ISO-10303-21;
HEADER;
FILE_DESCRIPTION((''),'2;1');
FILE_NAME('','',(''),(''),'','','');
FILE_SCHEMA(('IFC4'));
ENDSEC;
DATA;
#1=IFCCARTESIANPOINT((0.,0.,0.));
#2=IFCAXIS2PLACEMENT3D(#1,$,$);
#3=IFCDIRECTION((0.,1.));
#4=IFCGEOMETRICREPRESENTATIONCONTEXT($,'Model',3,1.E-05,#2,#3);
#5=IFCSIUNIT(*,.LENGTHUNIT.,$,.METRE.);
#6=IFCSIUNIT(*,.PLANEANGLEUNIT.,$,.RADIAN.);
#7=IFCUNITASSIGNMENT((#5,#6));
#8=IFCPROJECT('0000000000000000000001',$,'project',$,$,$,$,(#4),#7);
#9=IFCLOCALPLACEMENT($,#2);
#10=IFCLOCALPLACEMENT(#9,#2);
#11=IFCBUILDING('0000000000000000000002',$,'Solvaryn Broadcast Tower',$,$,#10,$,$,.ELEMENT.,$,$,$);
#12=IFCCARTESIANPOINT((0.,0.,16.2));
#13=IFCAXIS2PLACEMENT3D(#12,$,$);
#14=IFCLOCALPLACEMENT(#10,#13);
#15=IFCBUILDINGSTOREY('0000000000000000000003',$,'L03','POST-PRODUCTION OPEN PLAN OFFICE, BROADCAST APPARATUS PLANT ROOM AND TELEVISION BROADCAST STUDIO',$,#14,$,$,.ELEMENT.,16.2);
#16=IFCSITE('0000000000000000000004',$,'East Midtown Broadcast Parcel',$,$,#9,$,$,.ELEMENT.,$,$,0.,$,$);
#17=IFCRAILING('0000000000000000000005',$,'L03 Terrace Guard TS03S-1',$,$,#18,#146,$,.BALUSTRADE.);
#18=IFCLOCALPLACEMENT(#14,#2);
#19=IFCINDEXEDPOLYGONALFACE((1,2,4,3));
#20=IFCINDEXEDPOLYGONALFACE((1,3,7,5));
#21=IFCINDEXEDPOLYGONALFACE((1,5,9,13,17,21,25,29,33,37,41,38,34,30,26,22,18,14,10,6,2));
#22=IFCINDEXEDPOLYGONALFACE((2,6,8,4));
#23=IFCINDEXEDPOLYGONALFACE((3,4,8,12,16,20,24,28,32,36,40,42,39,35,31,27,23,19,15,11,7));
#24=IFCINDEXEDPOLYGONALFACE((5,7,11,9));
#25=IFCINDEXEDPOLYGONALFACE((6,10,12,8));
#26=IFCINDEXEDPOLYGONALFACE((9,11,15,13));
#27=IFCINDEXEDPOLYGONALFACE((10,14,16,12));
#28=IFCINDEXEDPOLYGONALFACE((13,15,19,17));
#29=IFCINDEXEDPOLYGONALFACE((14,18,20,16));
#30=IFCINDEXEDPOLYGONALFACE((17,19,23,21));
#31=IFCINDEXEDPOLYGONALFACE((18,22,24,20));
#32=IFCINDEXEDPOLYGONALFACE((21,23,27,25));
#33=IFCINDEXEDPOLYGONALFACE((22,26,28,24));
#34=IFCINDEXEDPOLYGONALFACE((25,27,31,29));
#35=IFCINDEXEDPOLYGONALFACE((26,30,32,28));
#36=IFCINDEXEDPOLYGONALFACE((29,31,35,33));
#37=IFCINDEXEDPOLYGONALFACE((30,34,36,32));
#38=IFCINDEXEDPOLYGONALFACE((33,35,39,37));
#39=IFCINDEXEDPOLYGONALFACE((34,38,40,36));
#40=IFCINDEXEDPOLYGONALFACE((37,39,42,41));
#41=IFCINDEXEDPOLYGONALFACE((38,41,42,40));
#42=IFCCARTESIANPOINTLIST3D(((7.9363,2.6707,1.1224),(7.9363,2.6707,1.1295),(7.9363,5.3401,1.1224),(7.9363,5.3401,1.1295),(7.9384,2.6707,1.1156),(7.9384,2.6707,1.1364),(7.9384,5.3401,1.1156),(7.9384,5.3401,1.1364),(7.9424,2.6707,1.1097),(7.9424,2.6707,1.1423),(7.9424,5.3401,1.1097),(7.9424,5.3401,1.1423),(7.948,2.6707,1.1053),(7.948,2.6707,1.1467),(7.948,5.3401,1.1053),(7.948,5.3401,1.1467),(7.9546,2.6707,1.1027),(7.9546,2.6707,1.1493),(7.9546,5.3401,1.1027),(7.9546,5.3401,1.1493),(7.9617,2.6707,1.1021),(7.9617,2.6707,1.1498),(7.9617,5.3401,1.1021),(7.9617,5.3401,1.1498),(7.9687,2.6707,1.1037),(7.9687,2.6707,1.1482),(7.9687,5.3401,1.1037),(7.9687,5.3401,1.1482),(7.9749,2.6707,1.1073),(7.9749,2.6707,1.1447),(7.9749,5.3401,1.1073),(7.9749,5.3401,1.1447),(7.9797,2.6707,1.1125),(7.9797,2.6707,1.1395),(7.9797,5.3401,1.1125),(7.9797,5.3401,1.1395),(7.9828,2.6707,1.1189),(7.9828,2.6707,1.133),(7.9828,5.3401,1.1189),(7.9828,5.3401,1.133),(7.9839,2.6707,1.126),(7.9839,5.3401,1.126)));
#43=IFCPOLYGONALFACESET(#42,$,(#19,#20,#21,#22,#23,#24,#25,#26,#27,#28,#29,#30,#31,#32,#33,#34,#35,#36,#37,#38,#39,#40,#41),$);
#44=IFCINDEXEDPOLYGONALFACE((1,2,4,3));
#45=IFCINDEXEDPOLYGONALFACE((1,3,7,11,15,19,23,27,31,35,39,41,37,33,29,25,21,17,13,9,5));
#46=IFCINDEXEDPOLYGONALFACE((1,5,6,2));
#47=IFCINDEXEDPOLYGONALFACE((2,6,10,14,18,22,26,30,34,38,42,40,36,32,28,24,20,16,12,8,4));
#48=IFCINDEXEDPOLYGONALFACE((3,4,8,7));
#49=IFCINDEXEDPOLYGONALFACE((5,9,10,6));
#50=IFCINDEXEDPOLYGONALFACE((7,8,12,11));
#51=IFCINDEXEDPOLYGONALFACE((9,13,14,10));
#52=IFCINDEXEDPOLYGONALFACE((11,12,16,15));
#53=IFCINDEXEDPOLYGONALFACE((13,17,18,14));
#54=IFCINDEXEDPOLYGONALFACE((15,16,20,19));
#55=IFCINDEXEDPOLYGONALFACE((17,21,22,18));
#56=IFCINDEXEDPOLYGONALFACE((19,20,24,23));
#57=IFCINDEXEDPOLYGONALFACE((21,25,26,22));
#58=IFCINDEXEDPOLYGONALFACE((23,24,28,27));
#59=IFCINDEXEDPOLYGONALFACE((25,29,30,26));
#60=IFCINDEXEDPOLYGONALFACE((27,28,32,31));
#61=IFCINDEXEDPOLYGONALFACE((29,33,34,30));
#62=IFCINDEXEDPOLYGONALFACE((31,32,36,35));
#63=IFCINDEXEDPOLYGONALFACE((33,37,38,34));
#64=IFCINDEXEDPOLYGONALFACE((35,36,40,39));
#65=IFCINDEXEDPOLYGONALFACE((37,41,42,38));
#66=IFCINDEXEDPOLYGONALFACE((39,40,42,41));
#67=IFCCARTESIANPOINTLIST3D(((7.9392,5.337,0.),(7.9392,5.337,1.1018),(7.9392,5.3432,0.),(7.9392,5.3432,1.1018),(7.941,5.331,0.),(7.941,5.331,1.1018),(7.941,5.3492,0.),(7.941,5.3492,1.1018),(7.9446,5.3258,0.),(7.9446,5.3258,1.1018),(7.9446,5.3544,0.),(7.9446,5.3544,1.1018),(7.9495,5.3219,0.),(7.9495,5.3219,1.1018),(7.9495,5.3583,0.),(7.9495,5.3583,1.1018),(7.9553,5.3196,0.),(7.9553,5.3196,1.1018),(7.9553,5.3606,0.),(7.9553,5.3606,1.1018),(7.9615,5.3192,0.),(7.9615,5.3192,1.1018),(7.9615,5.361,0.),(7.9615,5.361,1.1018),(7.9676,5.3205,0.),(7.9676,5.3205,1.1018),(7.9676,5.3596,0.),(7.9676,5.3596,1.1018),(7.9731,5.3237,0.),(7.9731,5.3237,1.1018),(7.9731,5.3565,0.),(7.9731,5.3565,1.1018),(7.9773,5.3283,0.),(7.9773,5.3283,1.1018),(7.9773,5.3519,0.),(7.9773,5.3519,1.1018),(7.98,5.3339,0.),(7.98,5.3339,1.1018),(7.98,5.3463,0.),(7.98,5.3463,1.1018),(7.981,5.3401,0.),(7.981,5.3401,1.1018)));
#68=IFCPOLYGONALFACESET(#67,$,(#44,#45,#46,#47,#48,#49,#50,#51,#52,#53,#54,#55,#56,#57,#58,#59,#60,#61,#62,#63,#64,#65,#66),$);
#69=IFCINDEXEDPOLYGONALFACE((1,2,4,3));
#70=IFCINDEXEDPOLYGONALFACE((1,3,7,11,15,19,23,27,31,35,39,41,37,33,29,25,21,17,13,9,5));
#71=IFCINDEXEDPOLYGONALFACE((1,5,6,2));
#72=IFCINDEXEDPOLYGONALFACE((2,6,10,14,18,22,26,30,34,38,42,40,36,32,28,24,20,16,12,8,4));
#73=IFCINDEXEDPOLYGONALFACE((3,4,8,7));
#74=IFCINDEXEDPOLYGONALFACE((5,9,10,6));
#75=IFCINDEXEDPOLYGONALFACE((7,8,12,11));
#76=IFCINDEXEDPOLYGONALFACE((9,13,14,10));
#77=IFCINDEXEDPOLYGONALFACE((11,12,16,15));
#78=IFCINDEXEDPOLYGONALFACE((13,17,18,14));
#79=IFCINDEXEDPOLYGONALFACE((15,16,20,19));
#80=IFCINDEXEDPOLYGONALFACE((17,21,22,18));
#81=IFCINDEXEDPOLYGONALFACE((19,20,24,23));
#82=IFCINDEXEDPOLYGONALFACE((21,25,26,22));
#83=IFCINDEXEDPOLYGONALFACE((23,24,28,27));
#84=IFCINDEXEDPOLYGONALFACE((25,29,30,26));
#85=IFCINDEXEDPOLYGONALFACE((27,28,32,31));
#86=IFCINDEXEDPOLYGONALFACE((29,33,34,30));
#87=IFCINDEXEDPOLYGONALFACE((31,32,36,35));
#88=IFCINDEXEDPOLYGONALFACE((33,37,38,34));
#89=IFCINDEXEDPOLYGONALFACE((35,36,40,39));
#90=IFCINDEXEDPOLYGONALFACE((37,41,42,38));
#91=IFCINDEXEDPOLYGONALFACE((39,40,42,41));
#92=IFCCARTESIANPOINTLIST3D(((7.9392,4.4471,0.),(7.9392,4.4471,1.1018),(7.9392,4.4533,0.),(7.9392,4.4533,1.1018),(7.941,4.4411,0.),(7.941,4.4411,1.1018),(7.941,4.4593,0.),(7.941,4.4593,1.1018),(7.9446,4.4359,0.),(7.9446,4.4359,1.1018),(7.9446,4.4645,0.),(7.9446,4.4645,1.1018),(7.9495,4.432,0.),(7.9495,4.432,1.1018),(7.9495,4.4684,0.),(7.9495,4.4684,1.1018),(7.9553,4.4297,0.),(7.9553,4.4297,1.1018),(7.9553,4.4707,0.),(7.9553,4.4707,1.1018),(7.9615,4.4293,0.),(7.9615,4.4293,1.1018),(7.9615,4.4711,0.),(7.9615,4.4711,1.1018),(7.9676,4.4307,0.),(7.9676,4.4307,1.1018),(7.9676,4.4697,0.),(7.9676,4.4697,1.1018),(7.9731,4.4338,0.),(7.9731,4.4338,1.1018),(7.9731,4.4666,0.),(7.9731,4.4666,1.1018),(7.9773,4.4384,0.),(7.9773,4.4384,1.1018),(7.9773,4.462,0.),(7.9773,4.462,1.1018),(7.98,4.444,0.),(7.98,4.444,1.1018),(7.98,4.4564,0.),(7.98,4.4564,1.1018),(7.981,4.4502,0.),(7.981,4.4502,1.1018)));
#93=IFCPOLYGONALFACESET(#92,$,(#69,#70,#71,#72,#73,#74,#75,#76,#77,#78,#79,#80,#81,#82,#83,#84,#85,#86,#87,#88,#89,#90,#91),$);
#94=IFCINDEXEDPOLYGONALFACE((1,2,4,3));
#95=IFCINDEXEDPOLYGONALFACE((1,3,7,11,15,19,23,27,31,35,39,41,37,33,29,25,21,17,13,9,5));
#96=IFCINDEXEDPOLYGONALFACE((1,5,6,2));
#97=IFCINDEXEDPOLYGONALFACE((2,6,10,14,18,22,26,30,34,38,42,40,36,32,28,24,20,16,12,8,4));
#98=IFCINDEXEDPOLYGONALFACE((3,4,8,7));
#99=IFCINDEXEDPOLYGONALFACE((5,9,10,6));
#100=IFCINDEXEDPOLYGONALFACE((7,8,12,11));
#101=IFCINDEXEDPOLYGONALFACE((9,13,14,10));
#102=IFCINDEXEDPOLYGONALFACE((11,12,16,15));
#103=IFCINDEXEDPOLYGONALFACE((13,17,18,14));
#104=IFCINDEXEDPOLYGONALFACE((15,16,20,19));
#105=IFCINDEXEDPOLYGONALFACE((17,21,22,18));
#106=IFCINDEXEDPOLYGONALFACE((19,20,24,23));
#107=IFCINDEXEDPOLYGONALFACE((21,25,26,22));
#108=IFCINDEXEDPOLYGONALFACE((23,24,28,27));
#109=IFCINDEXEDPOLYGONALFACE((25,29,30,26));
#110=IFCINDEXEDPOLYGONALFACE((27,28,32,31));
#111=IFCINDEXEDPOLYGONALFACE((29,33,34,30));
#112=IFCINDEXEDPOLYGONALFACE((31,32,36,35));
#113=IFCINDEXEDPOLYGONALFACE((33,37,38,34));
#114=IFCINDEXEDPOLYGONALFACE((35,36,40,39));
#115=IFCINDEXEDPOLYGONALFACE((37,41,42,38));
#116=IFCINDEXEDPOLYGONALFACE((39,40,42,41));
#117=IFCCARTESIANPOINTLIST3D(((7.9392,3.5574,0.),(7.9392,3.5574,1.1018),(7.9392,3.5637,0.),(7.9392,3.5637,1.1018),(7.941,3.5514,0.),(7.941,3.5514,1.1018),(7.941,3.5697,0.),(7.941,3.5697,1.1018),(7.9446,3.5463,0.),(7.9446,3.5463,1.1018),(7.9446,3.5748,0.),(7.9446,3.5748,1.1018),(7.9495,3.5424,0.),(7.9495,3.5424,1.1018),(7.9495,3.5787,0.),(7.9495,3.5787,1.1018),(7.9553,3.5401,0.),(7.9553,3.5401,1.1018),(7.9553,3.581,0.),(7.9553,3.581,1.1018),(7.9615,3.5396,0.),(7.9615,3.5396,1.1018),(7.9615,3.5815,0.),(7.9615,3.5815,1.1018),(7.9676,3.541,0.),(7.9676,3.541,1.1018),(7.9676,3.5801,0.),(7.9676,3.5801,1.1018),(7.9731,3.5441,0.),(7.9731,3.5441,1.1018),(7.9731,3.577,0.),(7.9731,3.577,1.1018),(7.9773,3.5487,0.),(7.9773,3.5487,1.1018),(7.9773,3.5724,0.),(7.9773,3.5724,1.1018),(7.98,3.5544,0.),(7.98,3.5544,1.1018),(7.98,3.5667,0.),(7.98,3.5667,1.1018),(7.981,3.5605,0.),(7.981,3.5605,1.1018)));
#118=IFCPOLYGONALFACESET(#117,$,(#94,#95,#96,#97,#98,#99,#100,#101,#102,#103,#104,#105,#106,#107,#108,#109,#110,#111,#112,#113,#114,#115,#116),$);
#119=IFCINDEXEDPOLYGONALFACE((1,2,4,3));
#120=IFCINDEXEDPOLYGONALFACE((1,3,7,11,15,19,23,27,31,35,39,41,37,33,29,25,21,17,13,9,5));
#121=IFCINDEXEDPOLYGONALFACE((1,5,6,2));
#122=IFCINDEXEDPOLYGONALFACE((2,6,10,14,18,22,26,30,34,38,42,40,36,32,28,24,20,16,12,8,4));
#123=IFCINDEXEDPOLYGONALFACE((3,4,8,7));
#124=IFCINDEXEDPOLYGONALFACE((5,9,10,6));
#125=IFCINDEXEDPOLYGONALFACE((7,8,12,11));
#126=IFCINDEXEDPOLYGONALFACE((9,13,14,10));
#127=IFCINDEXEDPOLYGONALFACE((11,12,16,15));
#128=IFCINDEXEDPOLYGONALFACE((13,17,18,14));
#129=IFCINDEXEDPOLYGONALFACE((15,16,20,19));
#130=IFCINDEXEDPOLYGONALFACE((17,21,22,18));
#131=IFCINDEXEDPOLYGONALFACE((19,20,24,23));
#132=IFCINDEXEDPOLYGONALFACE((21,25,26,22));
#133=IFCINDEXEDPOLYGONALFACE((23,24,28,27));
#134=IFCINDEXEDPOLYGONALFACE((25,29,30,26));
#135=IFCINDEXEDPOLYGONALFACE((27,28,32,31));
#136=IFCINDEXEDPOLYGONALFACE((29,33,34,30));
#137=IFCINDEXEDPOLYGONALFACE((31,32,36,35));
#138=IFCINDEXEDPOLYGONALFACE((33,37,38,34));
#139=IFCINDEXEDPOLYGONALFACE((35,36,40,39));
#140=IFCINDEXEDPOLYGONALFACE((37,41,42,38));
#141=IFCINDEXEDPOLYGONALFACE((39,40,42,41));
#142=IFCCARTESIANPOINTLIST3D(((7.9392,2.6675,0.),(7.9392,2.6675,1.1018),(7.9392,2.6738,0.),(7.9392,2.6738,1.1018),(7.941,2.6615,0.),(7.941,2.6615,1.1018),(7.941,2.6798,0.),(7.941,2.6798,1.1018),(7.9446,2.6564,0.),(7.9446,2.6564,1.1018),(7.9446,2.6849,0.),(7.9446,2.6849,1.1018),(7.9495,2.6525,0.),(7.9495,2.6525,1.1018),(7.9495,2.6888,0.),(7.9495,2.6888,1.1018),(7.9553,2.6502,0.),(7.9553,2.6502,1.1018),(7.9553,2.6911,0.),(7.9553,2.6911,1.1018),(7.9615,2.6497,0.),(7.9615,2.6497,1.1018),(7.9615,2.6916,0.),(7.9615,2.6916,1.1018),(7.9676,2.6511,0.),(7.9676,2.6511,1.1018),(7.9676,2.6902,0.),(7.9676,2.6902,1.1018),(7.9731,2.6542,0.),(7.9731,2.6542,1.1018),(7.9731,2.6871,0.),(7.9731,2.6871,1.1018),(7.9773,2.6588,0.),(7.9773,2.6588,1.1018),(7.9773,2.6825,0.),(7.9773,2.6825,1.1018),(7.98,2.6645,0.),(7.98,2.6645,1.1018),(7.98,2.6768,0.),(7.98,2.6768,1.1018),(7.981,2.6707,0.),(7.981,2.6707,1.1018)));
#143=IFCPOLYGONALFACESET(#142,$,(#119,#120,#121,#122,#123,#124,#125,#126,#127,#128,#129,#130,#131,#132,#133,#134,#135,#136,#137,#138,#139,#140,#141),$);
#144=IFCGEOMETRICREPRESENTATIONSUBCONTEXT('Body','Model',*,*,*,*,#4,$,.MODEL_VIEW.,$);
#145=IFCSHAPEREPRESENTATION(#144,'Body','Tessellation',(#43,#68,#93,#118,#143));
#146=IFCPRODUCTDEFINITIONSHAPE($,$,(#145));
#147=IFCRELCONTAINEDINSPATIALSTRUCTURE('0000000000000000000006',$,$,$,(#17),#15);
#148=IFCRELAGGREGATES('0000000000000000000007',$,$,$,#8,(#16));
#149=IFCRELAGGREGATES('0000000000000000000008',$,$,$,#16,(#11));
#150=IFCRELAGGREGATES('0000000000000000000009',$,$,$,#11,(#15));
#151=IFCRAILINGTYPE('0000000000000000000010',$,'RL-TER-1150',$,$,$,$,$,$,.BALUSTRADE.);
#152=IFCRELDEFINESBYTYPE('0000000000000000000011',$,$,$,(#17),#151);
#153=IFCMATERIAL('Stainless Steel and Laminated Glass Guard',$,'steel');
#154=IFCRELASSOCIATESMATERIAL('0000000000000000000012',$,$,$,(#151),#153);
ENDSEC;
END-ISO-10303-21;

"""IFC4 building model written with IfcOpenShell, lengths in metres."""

from ifc_helpers import new_model, si_unit, direction, frame, origin, origin_2d, place, context, subcontext, project, spatial, circle, extrude, material, type_object, element, save


model = new_model("IFC4")

# Units and contexts
model_context = context("Model", 3, precision=1e-05, world=origin(), true_north=direction((0.0, 1.0)))
body_context = subcontext(model_context, "Body", "Model", "MODEL_VIEW")
ifc_project = project(units=[si_unit("LENGTHUNIT", "METRE"), si_unit("PLANEANGLEUNIT", "RADIAN")], contexts=[model_context])

# Site, building, storey
site_placement = place(None, origin())
site = spatial("IfcSite", under=ifc_project, at=site_placement, Name="East Midtown Broadcast Parcel", CompositionType="ELEMENT", RefElevation=0.0)
building_placement = place(site_placement, origin())
building = spatial("IfcBuilding", under=site, at=building_placement, Name="Solvaryn Broadcast Tower", CompositionType="ELEMENT")
storey_placement = place(building_placement, frame((0.0, 0.0, 16.2)))
storey = spatial("IfcBuildingStorey", under=building, at=storey_placement, Name="L03", Description="POST-PRODUCTION OPEN PLAN OFFICE, BROADCAST APPARATUS PLANT ROOM AND TELEVISION BROADCAST STUDIO", CompositionType="ELEMENT", Elevation=16.2)

# Railing
ifc_material_1 = material(Name="Stainless Steel and Laminated Glass Guard", Category="steel")
railing_type = type_object("IfcRailingType", Name="RL-TER-1150", PredefinedType="BALUSTRADE", material=ifc_material_1)
railing_1_placement = place(storey_placement, frame((7.96, 5.3401, 0.0)))
element("IfcRailing", 1, at=railing_1_placement, inside=storey, type_object=railing_type, Name="L03 Terrace Guard TS03S-1", PredefinedType="BALUSTRADE", context=body_context, shape_type="SweptSolid", body=[
    extrude(circle(Radius=0.0239, at=origin_2d()), frame((0.0, 0.0, 1.126), z_axis=(0.0, -1.0, 0.0), x_axis=(1.0, 0.0, 0.0)), (0.0, 0.0, 1.0), 2.6694),
    extrude(circle(Radius=0.021, at=origin_2d()), origin(), (0.0, 0.0, 1.0), 1.1018),
    extrude(circle(Radius=0.021, at=origin_2d()), frame((0.0, -0.8899, 0.0)), (0.0, 0.0, 1.0), 1.1018),
    extrude(circle(Radius=0.021, at=origin_2d()), frame((0.0, -1.7795, 0.0)), (0.0, 0.0, 1.0), 1.1018),
    extrude(circle(Radius=0.021, at=origin_2d()), frame((0.0, -2.6694, 0.0)), (0.0, 0.0, 1.0), 1.1018),
])

save(model, "model.ifc")
